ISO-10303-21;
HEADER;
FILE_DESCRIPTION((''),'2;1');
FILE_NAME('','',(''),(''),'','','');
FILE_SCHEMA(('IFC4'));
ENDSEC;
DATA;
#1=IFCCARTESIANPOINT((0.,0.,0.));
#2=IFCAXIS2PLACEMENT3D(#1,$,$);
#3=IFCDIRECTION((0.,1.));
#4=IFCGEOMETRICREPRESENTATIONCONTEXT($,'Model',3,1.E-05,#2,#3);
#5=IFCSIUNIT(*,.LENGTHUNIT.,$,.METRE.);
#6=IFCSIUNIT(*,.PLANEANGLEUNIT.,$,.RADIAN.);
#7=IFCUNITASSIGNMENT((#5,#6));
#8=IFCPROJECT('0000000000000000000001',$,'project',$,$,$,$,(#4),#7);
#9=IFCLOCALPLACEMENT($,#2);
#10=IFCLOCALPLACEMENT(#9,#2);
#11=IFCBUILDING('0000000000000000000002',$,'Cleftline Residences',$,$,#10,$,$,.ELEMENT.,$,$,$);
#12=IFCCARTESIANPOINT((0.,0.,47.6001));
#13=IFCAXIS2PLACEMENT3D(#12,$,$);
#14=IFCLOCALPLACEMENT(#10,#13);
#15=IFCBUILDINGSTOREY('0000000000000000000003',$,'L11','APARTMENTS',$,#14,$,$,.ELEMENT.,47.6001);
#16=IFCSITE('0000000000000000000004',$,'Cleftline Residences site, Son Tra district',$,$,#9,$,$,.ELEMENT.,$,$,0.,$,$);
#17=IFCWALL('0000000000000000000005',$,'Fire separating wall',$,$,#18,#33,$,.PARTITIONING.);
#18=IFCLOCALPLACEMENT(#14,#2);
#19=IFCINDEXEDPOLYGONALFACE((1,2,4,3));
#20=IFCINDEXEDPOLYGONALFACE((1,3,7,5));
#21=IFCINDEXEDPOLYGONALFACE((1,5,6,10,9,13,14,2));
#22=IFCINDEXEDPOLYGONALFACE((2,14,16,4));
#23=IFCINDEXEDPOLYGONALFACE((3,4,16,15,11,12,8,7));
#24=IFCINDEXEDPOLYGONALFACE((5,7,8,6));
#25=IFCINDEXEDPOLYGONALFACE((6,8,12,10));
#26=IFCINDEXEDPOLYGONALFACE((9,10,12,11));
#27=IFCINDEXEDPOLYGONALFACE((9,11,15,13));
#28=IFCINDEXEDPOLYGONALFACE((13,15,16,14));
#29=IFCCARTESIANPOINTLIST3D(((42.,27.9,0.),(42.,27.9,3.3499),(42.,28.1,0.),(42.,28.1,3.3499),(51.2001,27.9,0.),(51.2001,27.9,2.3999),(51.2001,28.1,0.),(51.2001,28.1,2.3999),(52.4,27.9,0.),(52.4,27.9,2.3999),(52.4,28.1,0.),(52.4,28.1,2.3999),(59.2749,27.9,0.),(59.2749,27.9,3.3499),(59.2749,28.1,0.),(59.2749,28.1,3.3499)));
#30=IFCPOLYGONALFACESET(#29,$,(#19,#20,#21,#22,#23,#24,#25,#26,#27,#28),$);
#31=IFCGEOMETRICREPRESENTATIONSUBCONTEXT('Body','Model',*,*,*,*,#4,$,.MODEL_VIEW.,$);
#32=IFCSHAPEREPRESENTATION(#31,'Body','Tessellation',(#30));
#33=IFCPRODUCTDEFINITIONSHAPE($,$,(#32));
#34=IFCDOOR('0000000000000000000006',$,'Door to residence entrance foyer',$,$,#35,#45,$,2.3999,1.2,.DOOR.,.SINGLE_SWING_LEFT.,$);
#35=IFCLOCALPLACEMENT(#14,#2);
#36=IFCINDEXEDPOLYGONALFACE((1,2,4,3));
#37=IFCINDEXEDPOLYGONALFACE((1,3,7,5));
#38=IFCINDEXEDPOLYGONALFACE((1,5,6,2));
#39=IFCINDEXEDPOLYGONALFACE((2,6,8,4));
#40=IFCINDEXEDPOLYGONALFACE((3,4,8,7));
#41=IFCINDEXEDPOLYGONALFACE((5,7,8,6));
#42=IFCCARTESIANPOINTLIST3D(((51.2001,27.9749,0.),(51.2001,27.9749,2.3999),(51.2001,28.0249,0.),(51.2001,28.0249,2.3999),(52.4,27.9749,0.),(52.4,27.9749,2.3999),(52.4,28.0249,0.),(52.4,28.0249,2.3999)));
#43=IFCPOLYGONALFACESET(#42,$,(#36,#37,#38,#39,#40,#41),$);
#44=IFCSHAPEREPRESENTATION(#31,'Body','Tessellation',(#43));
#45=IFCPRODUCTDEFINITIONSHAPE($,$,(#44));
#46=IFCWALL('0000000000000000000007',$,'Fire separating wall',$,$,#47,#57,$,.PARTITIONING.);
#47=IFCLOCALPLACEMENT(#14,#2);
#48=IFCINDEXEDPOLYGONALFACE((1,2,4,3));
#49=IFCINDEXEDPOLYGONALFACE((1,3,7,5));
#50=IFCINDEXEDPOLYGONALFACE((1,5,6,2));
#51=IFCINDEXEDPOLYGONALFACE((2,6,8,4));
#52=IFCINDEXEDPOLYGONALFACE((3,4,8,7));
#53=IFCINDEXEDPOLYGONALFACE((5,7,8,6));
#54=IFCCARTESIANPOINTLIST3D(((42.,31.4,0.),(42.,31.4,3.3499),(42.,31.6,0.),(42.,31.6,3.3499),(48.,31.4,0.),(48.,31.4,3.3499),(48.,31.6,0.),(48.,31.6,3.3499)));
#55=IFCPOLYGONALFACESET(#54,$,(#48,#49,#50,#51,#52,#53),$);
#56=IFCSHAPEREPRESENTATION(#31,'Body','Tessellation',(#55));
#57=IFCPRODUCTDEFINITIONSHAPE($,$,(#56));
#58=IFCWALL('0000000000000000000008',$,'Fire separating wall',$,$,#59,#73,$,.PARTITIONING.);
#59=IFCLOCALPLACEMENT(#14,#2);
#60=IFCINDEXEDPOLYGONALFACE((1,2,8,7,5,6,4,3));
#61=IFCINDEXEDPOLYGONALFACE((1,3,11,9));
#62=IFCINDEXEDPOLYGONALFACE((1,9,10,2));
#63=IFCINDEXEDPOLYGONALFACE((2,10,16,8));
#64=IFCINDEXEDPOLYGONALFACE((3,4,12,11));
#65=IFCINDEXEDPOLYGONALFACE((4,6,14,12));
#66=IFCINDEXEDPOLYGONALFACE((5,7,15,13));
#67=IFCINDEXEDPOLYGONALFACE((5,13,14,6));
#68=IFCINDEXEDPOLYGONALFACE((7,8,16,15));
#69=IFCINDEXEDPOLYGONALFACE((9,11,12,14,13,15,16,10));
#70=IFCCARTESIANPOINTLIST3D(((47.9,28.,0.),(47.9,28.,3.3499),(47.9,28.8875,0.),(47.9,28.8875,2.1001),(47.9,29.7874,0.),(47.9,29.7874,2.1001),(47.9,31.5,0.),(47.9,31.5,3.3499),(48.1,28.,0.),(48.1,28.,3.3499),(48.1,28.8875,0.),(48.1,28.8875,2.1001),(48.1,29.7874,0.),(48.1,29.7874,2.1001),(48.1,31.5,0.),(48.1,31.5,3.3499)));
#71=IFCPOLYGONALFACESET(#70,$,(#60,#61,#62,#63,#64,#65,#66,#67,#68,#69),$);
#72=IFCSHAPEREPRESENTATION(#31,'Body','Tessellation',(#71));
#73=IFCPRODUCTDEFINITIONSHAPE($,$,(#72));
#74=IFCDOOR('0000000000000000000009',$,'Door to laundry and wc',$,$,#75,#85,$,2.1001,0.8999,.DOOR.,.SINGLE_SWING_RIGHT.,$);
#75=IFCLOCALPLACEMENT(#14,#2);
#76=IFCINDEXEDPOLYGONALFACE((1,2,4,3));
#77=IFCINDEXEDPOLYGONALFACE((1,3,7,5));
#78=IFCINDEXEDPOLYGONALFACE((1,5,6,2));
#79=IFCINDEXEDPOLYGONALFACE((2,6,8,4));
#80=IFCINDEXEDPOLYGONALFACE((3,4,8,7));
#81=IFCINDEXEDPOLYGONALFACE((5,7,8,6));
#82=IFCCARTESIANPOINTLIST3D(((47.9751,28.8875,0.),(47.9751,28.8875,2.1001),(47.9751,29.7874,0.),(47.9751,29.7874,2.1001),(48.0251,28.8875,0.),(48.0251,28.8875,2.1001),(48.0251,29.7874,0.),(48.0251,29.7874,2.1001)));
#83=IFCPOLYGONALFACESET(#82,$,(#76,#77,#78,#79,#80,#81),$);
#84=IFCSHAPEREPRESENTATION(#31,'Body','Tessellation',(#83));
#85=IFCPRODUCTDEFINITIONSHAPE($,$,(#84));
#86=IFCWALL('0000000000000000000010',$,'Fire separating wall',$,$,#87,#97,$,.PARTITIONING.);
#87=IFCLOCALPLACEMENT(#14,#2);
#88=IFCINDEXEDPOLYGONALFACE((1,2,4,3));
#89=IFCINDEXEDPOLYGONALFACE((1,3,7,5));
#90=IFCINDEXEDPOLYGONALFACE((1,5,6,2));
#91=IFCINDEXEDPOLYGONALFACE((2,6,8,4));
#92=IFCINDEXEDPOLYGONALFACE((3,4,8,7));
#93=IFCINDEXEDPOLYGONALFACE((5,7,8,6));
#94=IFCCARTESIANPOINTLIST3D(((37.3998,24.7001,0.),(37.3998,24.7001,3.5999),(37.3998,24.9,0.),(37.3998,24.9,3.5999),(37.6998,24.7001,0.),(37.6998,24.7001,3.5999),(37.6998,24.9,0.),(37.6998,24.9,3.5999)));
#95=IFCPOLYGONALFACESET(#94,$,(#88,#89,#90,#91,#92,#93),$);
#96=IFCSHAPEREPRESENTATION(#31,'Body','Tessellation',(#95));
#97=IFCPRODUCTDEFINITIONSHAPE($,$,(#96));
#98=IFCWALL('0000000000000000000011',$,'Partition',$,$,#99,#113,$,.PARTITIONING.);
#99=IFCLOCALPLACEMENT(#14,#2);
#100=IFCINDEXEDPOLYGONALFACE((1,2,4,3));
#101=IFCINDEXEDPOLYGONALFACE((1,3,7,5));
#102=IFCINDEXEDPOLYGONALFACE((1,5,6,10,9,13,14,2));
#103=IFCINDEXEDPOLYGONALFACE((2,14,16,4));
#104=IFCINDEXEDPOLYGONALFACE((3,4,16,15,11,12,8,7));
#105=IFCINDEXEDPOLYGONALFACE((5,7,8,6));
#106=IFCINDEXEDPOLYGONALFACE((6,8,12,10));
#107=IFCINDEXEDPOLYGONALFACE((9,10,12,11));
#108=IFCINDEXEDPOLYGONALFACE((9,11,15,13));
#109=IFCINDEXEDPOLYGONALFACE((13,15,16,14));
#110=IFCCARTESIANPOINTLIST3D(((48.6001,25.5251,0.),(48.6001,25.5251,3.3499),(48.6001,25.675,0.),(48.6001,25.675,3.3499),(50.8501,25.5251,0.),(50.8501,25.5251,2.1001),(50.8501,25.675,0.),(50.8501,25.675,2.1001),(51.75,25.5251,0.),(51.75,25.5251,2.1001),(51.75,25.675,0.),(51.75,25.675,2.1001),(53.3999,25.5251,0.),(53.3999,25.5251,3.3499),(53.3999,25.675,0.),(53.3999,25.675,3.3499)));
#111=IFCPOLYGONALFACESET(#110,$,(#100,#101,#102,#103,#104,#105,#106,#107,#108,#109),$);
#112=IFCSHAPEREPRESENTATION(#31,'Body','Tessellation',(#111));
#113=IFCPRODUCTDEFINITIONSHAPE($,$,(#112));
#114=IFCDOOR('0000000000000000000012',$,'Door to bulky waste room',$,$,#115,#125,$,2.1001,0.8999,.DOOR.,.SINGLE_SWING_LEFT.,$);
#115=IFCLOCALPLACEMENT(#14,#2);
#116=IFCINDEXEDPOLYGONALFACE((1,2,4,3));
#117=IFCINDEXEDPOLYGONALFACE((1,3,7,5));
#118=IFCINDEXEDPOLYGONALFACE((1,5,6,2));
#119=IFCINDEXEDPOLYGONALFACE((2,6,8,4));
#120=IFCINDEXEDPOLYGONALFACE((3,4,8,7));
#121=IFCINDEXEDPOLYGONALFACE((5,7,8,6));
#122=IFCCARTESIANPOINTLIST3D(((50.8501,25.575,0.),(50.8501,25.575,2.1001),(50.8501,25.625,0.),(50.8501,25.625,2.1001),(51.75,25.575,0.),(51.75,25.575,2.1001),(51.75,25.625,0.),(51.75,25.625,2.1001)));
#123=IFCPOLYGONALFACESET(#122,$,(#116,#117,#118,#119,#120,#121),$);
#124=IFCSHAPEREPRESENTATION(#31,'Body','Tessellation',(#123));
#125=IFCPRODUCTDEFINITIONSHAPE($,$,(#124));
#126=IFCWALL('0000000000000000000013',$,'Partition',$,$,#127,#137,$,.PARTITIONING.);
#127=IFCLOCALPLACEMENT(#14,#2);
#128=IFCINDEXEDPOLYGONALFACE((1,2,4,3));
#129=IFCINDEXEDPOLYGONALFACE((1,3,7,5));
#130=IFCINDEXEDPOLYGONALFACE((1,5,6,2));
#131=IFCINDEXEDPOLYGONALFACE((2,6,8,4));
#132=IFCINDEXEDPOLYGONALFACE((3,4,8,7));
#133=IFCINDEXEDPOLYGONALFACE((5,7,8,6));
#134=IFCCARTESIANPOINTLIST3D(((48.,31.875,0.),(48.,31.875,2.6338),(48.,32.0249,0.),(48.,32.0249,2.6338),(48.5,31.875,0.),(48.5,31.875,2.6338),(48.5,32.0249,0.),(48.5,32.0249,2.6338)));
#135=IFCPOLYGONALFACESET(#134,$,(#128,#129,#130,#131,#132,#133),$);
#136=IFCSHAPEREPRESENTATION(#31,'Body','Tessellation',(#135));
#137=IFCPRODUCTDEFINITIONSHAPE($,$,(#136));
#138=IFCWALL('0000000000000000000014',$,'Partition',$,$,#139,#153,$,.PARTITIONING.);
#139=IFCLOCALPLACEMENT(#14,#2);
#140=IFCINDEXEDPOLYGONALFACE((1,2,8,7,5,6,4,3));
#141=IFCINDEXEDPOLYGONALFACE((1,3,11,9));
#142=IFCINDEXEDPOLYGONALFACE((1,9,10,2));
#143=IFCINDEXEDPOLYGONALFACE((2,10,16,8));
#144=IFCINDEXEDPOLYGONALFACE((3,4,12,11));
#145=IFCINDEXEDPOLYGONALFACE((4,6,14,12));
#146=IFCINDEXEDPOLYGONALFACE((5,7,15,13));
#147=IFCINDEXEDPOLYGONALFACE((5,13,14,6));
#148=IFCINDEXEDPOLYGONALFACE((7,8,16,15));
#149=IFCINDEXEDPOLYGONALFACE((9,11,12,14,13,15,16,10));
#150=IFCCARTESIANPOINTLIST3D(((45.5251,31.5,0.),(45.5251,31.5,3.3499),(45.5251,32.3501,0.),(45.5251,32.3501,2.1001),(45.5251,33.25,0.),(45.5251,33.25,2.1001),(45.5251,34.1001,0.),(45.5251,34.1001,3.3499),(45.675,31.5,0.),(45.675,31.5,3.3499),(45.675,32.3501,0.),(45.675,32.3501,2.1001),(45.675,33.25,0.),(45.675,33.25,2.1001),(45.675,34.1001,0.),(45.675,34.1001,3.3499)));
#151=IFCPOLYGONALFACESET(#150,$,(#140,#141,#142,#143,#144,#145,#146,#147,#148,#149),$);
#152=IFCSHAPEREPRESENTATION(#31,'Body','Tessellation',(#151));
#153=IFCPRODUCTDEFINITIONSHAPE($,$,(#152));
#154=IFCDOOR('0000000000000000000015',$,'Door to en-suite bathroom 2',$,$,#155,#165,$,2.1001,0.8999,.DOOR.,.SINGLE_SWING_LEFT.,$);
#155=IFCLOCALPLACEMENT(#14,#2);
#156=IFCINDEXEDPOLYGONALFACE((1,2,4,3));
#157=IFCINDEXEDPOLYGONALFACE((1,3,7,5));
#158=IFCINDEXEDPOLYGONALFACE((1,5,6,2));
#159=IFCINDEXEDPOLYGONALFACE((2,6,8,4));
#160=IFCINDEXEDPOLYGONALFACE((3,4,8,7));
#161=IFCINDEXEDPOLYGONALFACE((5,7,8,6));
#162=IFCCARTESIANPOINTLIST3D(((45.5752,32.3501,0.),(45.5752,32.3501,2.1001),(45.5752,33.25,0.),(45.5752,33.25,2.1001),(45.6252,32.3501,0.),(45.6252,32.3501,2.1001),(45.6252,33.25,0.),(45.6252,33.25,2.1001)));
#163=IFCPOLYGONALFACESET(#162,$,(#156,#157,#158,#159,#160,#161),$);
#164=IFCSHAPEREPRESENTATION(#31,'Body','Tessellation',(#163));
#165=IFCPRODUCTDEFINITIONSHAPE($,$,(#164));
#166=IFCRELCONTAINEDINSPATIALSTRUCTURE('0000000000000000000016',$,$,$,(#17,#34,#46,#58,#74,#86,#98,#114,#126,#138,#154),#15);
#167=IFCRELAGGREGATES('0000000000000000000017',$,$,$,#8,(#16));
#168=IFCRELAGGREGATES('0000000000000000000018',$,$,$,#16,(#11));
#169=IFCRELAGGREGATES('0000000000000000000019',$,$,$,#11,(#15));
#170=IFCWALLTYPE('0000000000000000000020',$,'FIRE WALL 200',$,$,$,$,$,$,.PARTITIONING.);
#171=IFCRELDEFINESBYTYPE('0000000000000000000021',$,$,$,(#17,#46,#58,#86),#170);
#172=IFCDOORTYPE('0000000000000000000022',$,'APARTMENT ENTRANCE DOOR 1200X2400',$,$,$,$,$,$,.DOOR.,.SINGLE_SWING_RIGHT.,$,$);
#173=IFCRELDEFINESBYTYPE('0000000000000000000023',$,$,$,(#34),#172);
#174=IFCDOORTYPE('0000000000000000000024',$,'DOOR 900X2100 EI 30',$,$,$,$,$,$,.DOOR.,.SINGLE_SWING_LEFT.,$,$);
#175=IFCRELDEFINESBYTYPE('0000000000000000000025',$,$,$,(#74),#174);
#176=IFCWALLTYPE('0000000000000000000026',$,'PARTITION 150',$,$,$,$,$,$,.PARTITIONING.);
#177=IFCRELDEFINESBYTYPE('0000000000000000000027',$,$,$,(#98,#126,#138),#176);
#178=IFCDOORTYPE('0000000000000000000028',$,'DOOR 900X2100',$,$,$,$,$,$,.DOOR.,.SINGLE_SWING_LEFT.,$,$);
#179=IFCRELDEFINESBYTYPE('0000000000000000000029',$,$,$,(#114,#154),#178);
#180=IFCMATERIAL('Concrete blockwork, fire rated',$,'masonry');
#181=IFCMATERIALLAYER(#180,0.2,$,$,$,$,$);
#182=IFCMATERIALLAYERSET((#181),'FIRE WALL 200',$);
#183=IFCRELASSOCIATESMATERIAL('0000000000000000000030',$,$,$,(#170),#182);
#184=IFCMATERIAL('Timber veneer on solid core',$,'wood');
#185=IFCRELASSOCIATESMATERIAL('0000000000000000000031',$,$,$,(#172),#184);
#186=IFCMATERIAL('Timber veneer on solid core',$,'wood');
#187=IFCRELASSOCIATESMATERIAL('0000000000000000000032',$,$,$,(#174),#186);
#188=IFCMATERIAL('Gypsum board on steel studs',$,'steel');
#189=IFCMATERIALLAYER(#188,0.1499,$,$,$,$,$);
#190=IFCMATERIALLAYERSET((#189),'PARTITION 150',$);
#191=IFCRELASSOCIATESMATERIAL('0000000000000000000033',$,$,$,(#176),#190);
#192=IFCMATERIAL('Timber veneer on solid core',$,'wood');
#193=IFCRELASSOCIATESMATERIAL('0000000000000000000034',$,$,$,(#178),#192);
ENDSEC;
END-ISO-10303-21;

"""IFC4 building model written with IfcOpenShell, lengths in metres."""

from ifc_helpers import new_model, si_unit, direction, frame, frame_2d, origin, place, context, subcontext, project, spatial, rectangle, extrude, material, layer, layer_set, type_object, element, fill, save


model = new_model("IFC4")

# Units and contexts
model_context = context("Model", 3, precision=1e-05, world=origin(), true_north=direction((0.0, 1.0)))
body_context = subcontext(model_context, "Body", "Model", "MODEL_VIEW")
ifc_project = project(units=[si_unit("LENGTHUNIT", "METRE"), si_unit("PLANEANGLEUNIT", "RADIAN")], contexts=[model_context])

# Site, building, storey
site_placement = place(None, origin())
site = spatial("IfcSite", under=ifc_project, at=site_placement, Name="Cleftline Residences site, Son Tra district", CompositionType="ELEMENT", RefElevation=0.0)
building_placement = place(site_placement, origin())
building = spatial("IfcBuilding", under=site, at=building_placement, Name="Cleftline Residences", CompositionType="ELEMENT")
storey_placement = place(building_placement, frame((0.0, 0.0, 47.6001)))
storey = spatial("IfcBuildingStorey", under=building, at=storey_placement, Name="L11", Description="APARTMENTS", CompositionType="ELEMENT", Elevation=47.6001)

# Shared definitions
ifc_material_1 = material(Name="Concrete blockwork, fire rated", Category="masonry")
ifc_layer_1 = layer(ifc_material_1, 0.2)
ifc_layer_set_1 = layer_set([ifc_layer_1], Name="FIRE WALL 200")
wall_type_1 = type_object("IfcWallType", Name="FIRE WALL 200", PredefinedType="PARTITIONING", material=ifc_layer_set_1)

# Wall, opening, door
wall_1_placement = place(storey_placement, frame((42.0, 28.0, 0.0), z_axis=(0.0, 0.0, 1.0), x_axis=(1.0, 0.0, 0.0)))
wall_1 = element("IfcWall", 1, at=wall_1_placement, inside=storey, type_object=wall_type_1, Name="Fire separating wall", PredefinedType="PARTITIONING", context=body_context, shape_type="SweptSolid", body=[
    extrude(rectangle(XDim=17.2749, YDim=0.2, at=frame_2d((8.6375, 0.0))), origin(), (0.0, 0.0, 1.0), 3.3499),
])
opening_1_placement = place(wall_1_placement, frame((9.2, 0.0, 0.0)))
opening_1 = element("IfcOpeningElement", 2, at=opening_1_placement, cuts=wall_1, PredefinedType="OPENING", context=body_context, shape_type="SweptSolid", body=[
    extrude(rectangle(XDim=1.2, YDim=2.3999, at=frame_2d((0.6001, 1.2))), frame((0.0, 0.1099, 0.0), z_axis=(0.0, -1.0, 0.0), x_axis=(1.0, 0.0, 0.0)), (0.0, 0.0, 1.0), 0.22),
])
ifc_material_2 = material(Name="Timber veneer on solid core", Category="wood")
door_type_1 = type_object("IfcDoorType", Name="APARTMENT ENTRANCE DOOR 1200X2400", OperationType="SINGLE_SWING_RIGHT", PredefinedType="DOOR", material=ifc_material_2)
door_1_placement = place(opening_1_placement, origin())
door_1 = element("IfcDoor", 3, at=door_1_placement, inside=storey, type_object=door_type_1, Name="Door to residence entrance foyer", OperationType="SINGLE_SWING_LEFT", OverallHeight=2.3999, OverallWidth=1.2, PredefinedType="DOOR", context=body_context, shape_type="SweptSolid", body=[
    extrude(rectangle(XDim=1.2, YDim=2.3999, at=frame_2d((0.6001, 1.2))), frame((0.0, 0.0249, 0.0), z_axis=(0.0, -1.0, 0.0), x_axis=(1.0, 0.0, 0.0)), (0.0, 0.0, 1.0), 0.05),
])
fill(opening_1, door_1)

# Wall
wall_2_placement = place(storey_placement, frame((42.0, 31.5, 0.0), z_axis=(0.0, 0.0, 1.0), x_axis=(1.0, 0.0, 0.0)))
element("IfcWall", 4, at=wall_2_placement, inside=storey, type_object=wall_type_1, Name="Fire separating wall", PredefinedType="PARTITIONING", context=body_context, shape_type="SweptSolid", body=[
    extrude(rectangle(XDim=6.0, YDim=0.2, at=frame_2d((3.0, 0.0))), origin(), (0.0, 0.0, 1.0), 3.3499),
])

# Wall, opening, door
wall_3_placement = place(storey_placement, frame((48.0, 28.0, 0.0), z_axis=(0.0, 0.0, 1.0), x_axis=(0.0, 1.0, 0.0)))
wall_3 = element("IfcWall", 5, at=wall_3_placement, inside=storey, type_object=wall_type_1, Name="Fire separating wall", PredefinedType="PARTITIONING", context=body_context, shape_type="SweptSolid", body=[
    extrude(rectangle(XDim=3.5, YDim=0.2, at=frame_2d((1.75, 0.0))), origin(), (0.0, 0.0, 1.0), 3.3499),
])
opening_2_placement = place(wall_3_placement, frame((0.8875, 0.0, 0.0)))
opening_2 = element("IfcOpeningElement", 6, at=opening_2_placement, cuts=wall_3, PredefinedType="OPENING", context=body_context, shape_type="SweptSolid", body=[
    extrude(rectangle(XDim=0.8999, YDim=2.1001, at=frame_2d((0.45, 1.05))), frame((0.0, 0.1099, 0.0), z_axis=(0.0, -1.0, 0.0), x_axis=(1.0, 0.0, 0.0)), (0.0, 0.0, 1.0), 0.22),
])
ifc_material_3 = material(Name="Timber veneer on solid core", Category="wood")
door_type_2 = type_object("IfcDoorType", Name="DOOR 900X2100 EI 30", OperationType="SINGLE_SWING_LEFT", PredefinedType="DOOR", material=ifc_material_3)
door_2_placement = place(opening_2_placement, origin())
door_2 = element("IfcDoor", 7, at=door_2_placement, inside=storey, type_object=door_type_2, Name="Door to laundry and wc", OperationType="SINGLE_SWING_RIGHT", OverallHeight=2.1001, OverallWidth=0.8999, PredefinedType="DOOR", context=body_context, shape_type="SweptSolid", body=[
    extrude(rectangle(XDim=0.8999, YDim=2.1001, at=frame_2d((0.45, 1.05))), frame((0.0, 0.0249, 0.0), z_axis=(0.0, -1.0, 0.0), x_axis=(1.0, 0.0, 0.0)), (0.0, 0.0, 1.0), 0.05),
])
fill(opening_2, door_2)

# Wall
wall_4_placement = place(storey_placement, frame((37.3999, 24.8, 0.0), z_axis=(0.0, 0.0, 1.0), x_axis=(1.0, 0.0, 0.0)))
element("IfcWall", 8, at=wall_4_placement, inside=storey, type_object=wall_type_1, Name="Fire separating wall", PredefinedType="PARTITIONING", context=body_context, shape_type="SweptSolid", body=[
    extrude(rectangle(XDim=0.3, YDim=0.2, at=frame_2d((0.1499, 0.0))), origin(), (0.0, 0.0, 1.0), 3.5999),
])

# Wall, opening, door
ifc_material_4 = material(Name="Gypsum board on steel studs", Category="steel")
ifc_layer_2 = layer(ifc_material_4, 0.1499)
ifc_layer_set_2 = layer_set([ifc_layer_2], Name="PARTITION 150")
wall_type_2 = type_object("IfcWallType", Name="PARTITION 150", PredefinedType="PARTITIONING", material=ifc_layer_set_2)
wall_5_placement = place(storey_placement, frame((48.6001, 25.6001, 0.0), z_axis=(0.0, 0.0, 1.0), x_axis=(1.0, 0.0, 0.0)))
wall_5 = element("IfcWall", 9, at=wall_5_placement, inside=storey, type_object=wall_type_2, Name="Partition", PredefinedType="PARTITIONING", context=body_context, shape_type="SweptSolid", body=[
    extrude(rectangle(XDim=4.7998, YDim=0.1499, at=frame_2d((2.3999, 0.0))), origin(), (0.0, 0.0, 1.0), 3.3499),
])
opening_3_placement = place(wall_5_placement, frame((2.25, 0.0, 0.0)))
opening_3 = element("IfcOpeningElement", 10, at=opening_3_placement, cuts=wall_5, PredefinedType="OPENING", context=body_context, shape_type="SweptSolid", body=[
    extrude(rectangle(XDim=0.8999, YDim=2.1001, at=frame_2d((0.45, 1.05))), frame((0.0, 0.085, 0.0), z_axis=(0.0, -1.0, 0.0), x_axis=(1.0, 0.0, 0.0)), (0.0, 0.0, 1.0), 0.1699),
])
ifc_material_5 = material(Name="Timber veneer on solid core", Category="wood")
door_type_3 = type_object("IfcDoorType", Name="DOOR 900X2100", OperationType="SINGLE_SWING_LEFT", PredefinedType="DOOR", material=ifc_material_5)
door_3_placement = place(opening_3_placement, origin())
door_3 = element("IfcDoor", 11, at=door_3_placement, inside=storey, type_object=door_type_3, Name="Door to bulky waste room", OperationType="SINGLE_SWING_LEFT", OverallHeight=2.1001, OverallWidth=0.8999, PredefinedType="DOOR", context=body_context, shape_type="SweptSolid", body=[
    extrude(rectangle(XDim=0.8999, YDim=2.1001, at=frame_2d((0.45, 1.05))), frame((0.0, 0.0249, 0.0), z_axis=(0.0, -1.0, 0.0), x_axis=(1.0, 0.0, 0.0)), (0.0, 0.0, 1.0), 0.05),
])
fill(opening_3, door_3)

# Wall
wall_6_placement = place(storey_placement, frame((48.0, 31.95, 0.0), z_axis=(0.0, 0.0, 1.0), x_axis=(1.0, 0.0, 0.0)))
element("IfcWall", 12, at=wall_6_placement, inside=storey, type_object=wall_type_2, Name="Partition", PredefinedType="PARTITIONING", context=body_context, shape_type="SweptSolid", body=[
    extrude(rectangle(XDim=0.5, YDim=0.1499, at=frame_2d((0.25, 0.0))), origin(), (0.0, 0.0, 1.0), 2.6338),
])

# Wall, opening, door
wall_7_placement = place(storey_placement, frame((45.6001, 31.5, 0.0), z_axis=(0.0, 0.0, 1.0), x_axis=(0.0, 1.0, 0.0)))
wall_7 = element("IfcWall", 13, at=wall_7_placement, inside=storey, type_object=wall_type_2, Name="Partition", PredefinedType="PARTITIONING", context=body_context, shape_type="SweptSolid", body=[
    extrude(rectangle(XDim=2.6001, YDim=0.1499, at=frame_2d((1.3, 0.0))), origin(), (0.0, 0.0, 1.0), 3.3499),
])
opening_4_placement = place(wall_7_placement, frame((0.8501, 0.0, 0.0)))
opening_4 = element("IfcOpeningElement", 14, at=opening_4_placement, cuts=wall_7, PredefinedType="OPENING", context=body_context, shape_type="SweptSolid", body=[
    extrude(rectangle(XDim=0.8999, YDim=2.1001, at=frame_2d((0.45, 1.05))), frame((0.0, 0.085, 0.0), z_axis=(0.0, -1.0, 0.0), x_axis=(1.0, 0.0, 0.0)), (0.0, 0.0, 1.0), 0.1699),
])
door_4_placement = place(opening_4_placement, origin())
door_4 = element("IfcDoor", 15, at=door_4_placement, inside=storey, type_object=door_type_3, Name="Door to en-suite bathroom 2", OperationType="SINGLE_SWING_LEFT", OverallHeight=2.1001, OverallWidth=0.8999, PredefinedType="DOOR", context=body_context, shape_type="SweptSolid", body=[
    extrude(rectangle(XDim=0.8999, YDim=2.1001, at=frame_2d((0.45, 1.05))), frame((0.0, 0.0249, 0.0), z_axis=(0.0, -1.0, 0.0), x_axis=(1.0, 0.0, 0.0)), (0.0, 0.0, 1.0), 0.05),
])
fill(opening_4, door_4)

save(model, "model.ifc")
